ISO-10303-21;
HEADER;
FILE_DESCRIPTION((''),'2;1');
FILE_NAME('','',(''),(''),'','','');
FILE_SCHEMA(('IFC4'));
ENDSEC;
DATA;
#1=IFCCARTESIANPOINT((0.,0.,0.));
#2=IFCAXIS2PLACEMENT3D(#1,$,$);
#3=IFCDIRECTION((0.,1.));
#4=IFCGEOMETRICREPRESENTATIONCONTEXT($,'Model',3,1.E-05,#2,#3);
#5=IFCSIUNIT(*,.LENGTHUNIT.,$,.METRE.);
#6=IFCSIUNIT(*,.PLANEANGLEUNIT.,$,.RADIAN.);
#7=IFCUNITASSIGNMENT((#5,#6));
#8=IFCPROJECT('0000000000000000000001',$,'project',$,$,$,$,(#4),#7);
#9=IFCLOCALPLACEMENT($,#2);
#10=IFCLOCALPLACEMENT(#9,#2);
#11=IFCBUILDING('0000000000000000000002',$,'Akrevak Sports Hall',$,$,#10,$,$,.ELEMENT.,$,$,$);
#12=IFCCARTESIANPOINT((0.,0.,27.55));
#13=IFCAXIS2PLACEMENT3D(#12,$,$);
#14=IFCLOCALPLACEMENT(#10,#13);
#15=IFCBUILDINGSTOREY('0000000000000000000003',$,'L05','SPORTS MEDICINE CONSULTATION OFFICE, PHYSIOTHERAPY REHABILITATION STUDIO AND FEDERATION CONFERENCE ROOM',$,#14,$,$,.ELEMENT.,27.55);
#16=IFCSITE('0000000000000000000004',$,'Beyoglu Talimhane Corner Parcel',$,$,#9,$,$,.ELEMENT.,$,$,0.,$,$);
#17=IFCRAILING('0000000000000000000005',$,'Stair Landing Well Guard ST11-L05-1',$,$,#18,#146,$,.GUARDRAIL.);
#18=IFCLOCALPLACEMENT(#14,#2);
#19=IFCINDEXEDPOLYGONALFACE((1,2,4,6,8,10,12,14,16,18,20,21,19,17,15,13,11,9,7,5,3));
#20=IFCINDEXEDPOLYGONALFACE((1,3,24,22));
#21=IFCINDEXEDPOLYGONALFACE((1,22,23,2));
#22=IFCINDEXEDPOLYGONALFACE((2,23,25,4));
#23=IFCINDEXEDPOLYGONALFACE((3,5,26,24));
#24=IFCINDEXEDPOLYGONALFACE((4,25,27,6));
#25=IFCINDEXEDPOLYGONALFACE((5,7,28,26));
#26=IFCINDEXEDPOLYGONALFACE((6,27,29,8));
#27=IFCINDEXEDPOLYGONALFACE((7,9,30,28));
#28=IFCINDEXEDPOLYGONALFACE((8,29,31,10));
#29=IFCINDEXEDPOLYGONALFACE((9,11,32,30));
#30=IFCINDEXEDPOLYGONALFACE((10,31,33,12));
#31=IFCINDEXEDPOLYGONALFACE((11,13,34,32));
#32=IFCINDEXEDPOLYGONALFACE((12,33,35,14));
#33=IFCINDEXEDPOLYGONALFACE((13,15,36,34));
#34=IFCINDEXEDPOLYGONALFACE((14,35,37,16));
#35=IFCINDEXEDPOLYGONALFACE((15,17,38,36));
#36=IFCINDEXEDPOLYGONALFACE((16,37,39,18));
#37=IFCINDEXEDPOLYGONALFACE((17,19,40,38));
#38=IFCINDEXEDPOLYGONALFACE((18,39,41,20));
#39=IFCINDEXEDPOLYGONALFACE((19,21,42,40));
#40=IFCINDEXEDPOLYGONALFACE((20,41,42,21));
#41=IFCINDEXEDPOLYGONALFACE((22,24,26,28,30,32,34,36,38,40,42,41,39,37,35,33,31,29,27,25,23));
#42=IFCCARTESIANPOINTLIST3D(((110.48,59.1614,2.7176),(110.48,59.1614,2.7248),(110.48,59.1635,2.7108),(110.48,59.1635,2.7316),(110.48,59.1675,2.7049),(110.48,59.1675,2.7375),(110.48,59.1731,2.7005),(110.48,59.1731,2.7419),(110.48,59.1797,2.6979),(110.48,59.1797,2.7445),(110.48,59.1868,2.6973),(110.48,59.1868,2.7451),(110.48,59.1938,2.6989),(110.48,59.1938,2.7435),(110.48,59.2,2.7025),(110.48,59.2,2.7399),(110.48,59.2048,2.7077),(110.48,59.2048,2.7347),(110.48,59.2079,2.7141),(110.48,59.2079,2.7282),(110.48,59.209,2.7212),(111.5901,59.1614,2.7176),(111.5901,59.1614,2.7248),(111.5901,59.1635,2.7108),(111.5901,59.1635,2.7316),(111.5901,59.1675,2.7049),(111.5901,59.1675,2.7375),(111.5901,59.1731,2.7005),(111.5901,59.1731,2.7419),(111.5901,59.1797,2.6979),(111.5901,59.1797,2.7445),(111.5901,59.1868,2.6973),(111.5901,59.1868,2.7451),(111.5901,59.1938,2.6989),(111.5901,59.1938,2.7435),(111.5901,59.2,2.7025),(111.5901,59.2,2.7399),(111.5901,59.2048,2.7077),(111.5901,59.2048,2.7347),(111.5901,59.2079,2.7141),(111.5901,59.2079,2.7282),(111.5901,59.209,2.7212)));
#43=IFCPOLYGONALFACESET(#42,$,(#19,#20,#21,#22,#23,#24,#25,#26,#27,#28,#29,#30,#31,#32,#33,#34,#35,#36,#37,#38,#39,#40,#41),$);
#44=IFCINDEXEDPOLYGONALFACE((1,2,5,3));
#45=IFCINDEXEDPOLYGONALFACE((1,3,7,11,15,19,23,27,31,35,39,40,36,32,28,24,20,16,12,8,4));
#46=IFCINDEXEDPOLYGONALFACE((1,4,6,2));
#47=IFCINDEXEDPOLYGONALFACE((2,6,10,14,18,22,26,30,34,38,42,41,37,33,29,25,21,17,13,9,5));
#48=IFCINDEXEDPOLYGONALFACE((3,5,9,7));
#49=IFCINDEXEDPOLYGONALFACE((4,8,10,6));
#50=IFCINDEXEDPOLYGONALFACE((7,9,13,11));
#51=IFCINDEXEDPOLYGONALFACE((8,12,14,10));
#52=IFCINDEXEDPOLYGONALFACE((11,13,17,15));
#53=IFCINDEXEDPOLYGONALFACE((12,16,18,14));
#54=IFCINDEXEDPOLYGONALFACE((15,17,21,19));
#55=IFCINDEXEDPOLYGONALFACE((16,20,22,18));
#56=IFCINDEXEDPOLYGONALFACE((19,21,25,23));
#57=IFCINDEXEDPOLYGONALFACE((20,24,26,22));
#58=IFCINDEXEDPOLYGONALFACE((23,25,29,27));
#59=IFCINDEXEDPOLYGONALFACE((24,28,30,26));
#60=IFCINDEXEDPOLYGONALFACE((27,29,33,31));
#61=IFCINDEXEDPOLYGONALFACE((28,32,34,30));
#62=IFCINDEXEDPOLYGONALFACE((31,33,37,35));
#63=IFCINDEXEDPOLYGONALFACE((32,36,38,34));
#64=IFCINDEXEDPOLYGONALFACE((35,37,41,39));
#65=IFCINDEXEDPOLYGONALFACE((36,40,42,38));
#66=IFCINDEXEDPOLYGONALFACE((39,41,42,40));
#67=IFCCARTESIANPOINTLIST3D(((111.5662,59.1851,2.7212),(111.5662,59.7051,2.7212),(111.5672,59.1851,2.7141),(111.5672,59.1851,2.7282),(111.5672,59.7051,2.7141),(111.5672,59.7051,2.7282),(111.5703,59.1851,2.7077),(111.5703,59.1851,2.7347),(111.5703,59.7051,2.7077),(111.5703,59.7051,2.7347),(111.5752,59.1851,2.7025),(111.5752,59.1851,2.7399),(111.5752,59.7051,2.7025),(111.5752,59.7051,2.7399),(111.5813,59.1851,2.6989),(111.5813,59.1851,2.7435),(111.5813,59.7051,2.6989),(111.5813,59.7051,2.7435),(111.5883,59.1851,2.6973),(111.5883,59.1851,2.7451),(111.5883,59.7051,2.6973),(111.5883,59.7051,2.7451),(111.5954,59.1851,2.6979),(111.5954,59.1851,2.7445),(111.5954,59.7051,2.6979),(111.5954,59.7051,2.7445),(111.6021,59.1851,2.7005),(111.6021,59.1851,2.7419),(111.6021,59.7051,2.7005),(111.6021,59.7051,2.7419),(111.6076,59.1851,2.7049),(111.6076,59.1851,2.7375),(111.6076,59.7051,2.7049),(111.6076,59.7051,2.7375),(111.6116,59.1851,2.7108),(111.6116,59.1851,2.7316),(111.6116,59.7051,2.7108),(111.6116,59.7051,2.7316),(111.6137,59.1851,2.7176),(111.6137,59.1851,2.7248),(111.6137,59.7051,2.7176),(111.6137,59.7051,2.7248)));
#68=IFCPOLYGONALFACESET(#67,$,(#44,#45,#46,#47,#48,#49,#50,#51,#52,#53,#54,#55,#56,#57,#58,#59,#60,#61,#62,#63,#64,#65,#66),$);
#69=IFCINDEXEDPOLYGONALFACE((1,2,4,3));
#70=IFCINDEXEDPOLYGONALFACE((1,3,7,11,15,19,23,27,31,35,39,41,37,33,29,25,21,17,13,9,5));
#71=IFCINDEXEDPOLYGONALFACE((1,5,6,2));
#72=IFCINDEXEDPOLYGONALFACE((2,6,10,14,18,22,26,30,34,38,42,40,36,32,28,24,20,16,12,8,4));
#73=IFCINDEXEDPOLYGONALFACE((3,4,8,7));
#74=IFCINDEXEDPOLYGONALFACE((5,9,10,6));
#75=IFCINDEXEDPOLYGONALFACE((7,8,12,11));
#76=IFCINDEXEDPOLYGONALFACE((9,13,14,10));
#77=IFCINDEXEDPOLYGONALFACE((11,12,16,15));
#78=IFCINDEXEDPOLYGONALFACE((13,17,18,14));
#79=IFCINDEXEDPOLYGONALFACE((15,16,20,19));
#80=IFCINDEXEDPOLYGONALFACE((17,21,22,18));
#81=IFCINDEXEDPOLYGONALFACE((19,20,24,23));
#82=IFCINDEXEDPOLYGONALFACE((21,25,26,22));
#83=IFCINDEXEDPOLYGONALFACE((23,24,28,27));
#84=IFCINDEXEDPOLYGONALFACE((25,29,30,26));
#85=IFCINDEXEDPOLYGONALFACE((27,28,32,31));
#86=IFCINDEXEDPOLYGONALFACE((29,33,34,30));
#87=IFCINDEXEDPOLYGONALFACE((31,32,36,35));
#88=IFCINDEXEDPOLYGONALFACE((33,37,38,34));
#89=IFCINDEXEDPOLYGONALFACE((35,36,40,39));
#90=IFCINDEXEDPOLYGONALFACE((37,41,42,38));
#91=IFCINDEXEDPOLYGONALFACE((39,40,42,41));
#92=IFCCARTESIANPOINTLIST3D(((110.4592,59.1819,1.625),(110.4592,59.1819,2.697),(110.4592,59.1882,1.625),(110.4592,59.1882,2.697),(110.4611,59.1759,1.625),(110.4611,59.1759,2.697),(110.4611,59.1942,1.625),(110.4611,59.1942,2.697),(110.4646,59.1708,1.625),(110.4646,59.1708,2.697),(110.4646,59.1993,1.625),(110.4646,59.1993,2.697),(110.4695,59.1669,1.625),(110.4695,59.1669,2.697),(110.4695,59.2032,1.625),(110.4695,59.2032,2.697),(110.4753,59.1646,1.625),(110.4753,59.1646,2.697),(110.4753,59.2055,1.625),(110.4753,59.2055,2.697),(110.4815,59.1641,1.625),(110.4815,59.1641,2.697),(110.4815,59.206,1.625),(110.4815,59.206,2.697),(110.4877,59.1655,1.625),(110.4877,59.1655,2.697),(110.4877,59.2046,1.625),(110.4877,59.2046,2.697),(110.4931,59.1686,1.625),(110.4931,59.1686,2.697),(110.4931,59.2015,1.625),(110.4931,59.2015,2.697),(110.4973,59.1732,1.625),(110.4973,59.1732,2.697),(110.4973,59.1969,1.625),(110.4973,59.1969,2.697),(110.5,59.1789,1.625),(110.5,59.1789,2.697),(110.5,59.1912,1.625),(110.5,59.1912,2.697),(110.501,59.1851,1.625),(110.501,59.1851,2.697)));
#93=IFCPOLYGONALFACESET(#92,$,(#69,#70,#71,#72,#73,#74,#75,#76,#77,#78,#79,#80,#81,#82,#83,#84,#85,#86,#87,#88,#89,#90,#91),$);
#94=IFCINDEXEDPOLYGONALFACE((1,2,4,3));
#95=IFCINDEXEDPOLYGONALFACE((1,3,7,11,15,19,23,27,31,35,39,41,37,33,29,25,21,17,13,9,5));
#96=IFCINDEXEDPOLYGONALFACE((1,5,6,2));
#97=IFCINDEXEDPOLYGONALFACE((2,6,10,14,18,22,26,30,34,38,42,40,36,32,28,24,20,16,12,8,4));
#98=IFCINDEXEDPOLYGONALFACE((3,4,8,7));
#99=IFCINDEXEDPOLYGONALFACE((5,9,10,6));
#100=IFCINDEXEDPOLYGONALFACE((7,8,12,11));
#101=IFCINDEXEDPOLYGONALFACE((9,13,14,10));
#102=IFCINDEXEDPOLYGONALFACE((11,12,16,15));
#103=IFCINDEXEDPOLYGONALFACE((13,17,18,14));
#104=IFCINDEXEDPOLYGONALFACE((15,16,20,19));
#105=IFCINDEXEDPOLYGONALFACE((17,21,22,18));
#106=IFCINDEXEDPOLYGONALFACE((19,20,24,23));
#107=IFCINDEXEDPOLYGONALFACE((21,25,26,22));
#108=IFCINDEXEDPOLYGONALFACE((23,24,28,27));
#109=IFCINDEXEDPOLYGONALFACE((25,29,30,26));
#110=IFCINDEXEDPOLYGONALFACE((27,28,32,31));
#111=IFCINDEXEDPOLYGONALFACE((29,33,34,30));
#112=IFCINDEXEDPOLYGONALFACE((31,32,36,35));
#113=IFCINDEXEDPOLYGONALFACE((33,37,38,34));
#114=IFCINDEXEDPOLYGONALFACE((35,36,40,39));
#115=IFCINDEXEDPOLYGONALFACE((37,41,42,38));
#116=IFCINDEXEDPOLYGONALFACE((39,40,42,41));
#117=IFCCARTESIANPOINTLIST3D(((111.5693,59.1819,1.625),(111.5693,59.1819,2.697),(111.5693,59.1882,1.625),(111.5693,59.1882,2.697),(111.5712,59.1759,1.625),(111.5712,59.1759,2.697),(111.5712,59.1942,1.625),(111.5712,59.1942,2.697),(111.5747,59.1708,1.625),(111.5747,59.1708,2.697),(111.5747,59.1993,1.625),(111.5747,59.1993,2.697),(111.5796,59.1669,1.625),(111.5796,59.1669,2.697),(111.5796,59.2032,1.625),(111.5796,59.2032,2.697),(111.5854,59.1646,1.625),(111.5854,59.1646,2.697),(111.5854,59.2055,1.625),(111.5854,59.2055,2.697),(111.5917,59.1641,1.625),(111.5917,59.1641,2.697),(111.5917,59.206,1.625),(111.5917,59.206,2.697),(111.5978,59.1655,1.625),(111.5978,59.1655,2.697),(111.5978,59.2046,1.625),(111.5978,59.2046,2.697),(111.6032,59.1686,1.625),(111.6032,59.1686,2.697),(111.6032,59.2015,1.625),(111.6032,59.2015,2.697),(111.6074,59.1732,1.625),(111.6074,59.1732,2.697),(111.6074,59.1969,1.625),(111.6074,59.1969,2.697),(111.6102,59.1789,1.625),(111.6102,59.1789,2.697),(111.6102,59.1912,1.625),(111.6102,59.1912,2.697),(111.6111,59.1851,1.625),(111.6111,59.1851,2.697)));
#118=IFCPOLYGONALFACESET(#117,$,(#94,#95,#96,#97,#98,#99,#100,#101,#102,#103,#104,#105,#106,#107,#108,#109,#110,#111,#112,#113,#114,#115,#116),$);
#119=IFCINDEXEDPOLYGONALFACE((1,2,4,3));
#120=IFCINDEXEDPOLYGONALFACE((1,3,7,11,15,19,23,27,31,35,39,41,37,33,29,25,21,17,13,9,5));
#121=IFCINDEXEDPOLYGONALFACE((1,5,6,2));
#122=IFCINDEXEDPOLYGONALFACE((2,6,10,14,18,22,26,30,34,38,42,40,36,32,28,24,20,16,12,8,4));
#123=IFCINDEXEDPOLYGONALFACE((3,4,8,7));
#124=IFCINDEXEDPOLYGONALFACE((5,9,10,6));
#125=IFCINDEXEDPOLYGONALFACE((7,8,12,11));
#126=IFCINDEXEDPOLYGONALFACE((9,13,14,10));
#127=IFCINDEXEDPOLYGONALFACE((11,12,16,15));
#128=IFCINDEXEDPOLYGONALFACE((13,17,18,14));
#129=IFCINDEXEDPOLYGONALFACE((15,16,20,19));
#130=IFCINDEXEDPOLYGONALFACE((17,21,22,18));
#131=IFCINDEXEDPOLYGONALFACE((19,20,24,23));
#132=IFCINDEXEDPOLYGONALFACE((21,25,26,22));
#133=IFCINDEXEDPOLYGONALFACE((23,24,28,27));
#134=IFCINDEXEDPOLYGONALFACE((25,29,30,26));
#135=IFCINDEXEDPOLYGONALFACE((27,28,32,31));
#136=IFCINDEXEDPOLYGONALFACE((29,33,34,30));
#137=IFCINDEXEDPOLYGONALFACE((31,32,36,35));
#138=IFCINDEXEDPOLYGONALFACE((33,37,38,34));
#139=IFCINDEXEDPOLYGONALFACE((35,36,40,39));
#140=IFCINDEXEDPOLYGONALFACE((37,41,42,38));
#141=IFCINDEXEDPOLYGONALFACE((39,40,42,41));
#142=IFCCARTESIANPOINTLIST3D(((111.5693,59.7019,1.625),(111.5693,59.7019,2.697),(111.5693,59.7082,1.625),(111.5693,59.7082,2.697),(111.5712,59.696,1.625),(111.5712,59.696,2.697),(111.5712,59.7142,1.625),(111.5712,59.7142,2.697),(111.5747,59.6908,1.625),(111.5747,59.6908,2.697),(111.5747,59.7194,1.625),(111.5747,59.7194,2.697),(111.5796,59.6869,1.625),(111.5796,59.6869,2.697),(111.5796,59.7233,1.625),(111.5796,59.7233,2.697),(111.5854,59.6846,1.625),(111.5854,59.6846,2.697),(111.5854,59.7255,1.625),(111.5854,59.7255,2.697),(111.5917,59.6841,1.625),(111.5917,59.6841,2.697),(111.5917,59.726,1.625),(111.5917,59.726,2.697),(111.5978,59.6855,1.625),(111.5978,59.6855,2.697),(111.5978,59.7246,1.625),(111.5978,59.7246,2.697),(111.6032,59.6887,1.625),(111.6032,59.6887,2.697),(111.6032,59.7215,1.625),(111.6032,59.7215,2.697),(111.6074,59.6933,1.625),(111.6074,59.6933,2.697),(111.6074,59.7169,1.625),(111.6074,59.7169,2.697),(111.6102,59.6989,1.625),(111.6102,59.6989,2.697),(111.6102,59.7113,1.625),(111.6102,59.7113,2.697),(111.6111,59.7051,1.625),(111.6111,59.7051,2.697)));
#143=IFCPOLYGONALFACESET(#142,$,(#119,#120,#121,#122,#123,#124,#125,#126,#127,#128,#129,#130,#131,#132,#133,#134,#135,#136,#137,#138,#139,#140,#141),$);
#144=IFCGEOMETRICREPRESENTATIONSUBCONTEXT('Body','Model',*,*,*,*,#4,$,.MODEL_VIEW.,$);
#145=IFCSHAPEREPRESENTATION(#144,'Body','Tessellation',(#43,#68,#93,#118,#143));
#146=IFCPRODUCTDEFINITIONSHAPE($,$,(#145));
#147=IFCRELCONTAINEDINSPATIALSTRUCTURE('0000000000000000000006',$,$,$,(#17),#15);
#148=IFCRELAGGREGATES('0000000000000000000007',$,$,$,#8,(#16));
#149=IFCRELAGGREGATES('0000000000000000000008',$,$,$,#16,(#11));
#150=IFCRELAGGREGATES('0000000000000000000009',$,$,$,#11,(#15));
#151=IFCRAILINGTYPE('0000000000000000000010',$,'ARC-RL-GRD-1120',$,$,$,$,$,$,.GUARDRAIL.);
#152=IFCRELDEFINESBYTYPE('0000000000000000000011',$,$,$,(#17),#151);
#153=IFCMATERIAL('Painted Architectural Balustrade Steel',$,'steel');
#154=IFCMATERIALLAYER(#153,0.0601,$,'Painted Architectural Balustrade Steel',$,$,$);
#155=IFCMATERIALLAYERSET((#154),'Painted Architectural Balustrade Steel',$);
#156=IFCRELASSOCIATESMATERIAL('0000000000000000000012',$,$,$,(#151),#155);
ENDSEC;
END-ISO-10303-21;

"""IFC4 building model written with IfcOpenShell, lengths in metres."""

from ifc_helpers import new_model, si_unit, direction, frame, origin, origin_2d, place, context, subcontext, project, spatial, circle, extrude, material, layer, layer_set, type_object, element, save


model = new_model("IFC4")

# Units and contexts
model_context = context("Model", 3, precision=1e-05, world=origin(), true_north=direction((0.0, 1.0)))
body_context = subcontext(model_context, "Body", "Model", "MODEL_VIEW")
ifc_project = project(units=[si_unit("LENGTHUNIT", "METRE"), si_unit("PLANEANGLEUNIT", "RADIAN")], contexts=[model_context])

# Site, building, storey
site_placement = place(None, origin())
site = spatial("IfcSite", under=ifc_project, at=site_placement, Name="Beyoglu Talimhane Corner Parcel", CompositionType="ELEMENT", RefElevation=0.0)
building_placement = place(site_placement, origin())
building = spatial("IfcBuilding", under=site, at=building_placement, Name="Akrevak Sports Hall", CompositionType="ELEMENT")
storey_placement = place(building_placement, frame((0.0, 0.0, 27.55)))
storey = spatial("IfcBuildingStorey", under=building, at=storey_placement, Name="L05", Description="SPORTS MEDICINE CONSULTATION OFFICE, PHYSIOTHERAPY REHABILITATION STUDIO AND FEDERATION CONFERENCE ROOM", CompositionType="ELEMENT", Elevation=27.55)

# Railing
ifc_material_1 = material(Name="Painted Architectural Balustrade Steel", Category="steel")
ifc_layer_1 = layer(ifc_material_1, 0.0601, Name="Painted Architectural Balustrade Steel")
ifc_layer_set_1 = layer_set([ifc_layer_1], Name="Painted Architectural Balustrade Steel")
railing_type_1 = type_object("IfcRailingType", Name="ARC-RL-GRD-1120", PredefinedType="GUARDRAIL", material=ifc_layer_set_1)
railing_1_placement = place(storey_placement, frame((110.48, 59.1851, 1.625)))
element("IfcRailing", 1, at=railing_1_placement, inside=storey, type_object=railing_type_1, Name="Stair Landing Well Guard ST11-L05-1", PredefinedType="GUARDRAIL", context=body_context, shape_type="SweptSolid", body=[
    extrude(circle(Radius=0.0239, at=origin_2d()), frame((0.0, 0.0, 1.0962), z_axis=(1.0, 0.0, 0.0), x_axis=(0.0, 1.0, 0.0)), (0.0, 0.0, 1.0), 1.1101),
    extrude(circle(Radius=0.0239, at=origin_2d()), frame((1.1101, 0.0, 1.0962), z_axis=(0.0, 1.0, 0.0), x_axis=(-1.0, 0.0, 0.0)), (0.0, 0.0, 1.0), 0.52),
    extrude(circle(Radius=0.021, at=origin_2d()), origin(), (0.0, 0.0, 1.0), 1.072),
    extrude(circle(Radius=0.021, at=origin_2d()), frame((1.1101, 0.0, 0.0)), (0.0, 0.0, 1.0), 1.072),
    extrude(circle(Radius=0.021, at=origin_2d()), frame((1.1101, 0.52, 0.0)), (0.0, 0.0, 1.0), 1.072),
])

save(model, "model.ifc")
